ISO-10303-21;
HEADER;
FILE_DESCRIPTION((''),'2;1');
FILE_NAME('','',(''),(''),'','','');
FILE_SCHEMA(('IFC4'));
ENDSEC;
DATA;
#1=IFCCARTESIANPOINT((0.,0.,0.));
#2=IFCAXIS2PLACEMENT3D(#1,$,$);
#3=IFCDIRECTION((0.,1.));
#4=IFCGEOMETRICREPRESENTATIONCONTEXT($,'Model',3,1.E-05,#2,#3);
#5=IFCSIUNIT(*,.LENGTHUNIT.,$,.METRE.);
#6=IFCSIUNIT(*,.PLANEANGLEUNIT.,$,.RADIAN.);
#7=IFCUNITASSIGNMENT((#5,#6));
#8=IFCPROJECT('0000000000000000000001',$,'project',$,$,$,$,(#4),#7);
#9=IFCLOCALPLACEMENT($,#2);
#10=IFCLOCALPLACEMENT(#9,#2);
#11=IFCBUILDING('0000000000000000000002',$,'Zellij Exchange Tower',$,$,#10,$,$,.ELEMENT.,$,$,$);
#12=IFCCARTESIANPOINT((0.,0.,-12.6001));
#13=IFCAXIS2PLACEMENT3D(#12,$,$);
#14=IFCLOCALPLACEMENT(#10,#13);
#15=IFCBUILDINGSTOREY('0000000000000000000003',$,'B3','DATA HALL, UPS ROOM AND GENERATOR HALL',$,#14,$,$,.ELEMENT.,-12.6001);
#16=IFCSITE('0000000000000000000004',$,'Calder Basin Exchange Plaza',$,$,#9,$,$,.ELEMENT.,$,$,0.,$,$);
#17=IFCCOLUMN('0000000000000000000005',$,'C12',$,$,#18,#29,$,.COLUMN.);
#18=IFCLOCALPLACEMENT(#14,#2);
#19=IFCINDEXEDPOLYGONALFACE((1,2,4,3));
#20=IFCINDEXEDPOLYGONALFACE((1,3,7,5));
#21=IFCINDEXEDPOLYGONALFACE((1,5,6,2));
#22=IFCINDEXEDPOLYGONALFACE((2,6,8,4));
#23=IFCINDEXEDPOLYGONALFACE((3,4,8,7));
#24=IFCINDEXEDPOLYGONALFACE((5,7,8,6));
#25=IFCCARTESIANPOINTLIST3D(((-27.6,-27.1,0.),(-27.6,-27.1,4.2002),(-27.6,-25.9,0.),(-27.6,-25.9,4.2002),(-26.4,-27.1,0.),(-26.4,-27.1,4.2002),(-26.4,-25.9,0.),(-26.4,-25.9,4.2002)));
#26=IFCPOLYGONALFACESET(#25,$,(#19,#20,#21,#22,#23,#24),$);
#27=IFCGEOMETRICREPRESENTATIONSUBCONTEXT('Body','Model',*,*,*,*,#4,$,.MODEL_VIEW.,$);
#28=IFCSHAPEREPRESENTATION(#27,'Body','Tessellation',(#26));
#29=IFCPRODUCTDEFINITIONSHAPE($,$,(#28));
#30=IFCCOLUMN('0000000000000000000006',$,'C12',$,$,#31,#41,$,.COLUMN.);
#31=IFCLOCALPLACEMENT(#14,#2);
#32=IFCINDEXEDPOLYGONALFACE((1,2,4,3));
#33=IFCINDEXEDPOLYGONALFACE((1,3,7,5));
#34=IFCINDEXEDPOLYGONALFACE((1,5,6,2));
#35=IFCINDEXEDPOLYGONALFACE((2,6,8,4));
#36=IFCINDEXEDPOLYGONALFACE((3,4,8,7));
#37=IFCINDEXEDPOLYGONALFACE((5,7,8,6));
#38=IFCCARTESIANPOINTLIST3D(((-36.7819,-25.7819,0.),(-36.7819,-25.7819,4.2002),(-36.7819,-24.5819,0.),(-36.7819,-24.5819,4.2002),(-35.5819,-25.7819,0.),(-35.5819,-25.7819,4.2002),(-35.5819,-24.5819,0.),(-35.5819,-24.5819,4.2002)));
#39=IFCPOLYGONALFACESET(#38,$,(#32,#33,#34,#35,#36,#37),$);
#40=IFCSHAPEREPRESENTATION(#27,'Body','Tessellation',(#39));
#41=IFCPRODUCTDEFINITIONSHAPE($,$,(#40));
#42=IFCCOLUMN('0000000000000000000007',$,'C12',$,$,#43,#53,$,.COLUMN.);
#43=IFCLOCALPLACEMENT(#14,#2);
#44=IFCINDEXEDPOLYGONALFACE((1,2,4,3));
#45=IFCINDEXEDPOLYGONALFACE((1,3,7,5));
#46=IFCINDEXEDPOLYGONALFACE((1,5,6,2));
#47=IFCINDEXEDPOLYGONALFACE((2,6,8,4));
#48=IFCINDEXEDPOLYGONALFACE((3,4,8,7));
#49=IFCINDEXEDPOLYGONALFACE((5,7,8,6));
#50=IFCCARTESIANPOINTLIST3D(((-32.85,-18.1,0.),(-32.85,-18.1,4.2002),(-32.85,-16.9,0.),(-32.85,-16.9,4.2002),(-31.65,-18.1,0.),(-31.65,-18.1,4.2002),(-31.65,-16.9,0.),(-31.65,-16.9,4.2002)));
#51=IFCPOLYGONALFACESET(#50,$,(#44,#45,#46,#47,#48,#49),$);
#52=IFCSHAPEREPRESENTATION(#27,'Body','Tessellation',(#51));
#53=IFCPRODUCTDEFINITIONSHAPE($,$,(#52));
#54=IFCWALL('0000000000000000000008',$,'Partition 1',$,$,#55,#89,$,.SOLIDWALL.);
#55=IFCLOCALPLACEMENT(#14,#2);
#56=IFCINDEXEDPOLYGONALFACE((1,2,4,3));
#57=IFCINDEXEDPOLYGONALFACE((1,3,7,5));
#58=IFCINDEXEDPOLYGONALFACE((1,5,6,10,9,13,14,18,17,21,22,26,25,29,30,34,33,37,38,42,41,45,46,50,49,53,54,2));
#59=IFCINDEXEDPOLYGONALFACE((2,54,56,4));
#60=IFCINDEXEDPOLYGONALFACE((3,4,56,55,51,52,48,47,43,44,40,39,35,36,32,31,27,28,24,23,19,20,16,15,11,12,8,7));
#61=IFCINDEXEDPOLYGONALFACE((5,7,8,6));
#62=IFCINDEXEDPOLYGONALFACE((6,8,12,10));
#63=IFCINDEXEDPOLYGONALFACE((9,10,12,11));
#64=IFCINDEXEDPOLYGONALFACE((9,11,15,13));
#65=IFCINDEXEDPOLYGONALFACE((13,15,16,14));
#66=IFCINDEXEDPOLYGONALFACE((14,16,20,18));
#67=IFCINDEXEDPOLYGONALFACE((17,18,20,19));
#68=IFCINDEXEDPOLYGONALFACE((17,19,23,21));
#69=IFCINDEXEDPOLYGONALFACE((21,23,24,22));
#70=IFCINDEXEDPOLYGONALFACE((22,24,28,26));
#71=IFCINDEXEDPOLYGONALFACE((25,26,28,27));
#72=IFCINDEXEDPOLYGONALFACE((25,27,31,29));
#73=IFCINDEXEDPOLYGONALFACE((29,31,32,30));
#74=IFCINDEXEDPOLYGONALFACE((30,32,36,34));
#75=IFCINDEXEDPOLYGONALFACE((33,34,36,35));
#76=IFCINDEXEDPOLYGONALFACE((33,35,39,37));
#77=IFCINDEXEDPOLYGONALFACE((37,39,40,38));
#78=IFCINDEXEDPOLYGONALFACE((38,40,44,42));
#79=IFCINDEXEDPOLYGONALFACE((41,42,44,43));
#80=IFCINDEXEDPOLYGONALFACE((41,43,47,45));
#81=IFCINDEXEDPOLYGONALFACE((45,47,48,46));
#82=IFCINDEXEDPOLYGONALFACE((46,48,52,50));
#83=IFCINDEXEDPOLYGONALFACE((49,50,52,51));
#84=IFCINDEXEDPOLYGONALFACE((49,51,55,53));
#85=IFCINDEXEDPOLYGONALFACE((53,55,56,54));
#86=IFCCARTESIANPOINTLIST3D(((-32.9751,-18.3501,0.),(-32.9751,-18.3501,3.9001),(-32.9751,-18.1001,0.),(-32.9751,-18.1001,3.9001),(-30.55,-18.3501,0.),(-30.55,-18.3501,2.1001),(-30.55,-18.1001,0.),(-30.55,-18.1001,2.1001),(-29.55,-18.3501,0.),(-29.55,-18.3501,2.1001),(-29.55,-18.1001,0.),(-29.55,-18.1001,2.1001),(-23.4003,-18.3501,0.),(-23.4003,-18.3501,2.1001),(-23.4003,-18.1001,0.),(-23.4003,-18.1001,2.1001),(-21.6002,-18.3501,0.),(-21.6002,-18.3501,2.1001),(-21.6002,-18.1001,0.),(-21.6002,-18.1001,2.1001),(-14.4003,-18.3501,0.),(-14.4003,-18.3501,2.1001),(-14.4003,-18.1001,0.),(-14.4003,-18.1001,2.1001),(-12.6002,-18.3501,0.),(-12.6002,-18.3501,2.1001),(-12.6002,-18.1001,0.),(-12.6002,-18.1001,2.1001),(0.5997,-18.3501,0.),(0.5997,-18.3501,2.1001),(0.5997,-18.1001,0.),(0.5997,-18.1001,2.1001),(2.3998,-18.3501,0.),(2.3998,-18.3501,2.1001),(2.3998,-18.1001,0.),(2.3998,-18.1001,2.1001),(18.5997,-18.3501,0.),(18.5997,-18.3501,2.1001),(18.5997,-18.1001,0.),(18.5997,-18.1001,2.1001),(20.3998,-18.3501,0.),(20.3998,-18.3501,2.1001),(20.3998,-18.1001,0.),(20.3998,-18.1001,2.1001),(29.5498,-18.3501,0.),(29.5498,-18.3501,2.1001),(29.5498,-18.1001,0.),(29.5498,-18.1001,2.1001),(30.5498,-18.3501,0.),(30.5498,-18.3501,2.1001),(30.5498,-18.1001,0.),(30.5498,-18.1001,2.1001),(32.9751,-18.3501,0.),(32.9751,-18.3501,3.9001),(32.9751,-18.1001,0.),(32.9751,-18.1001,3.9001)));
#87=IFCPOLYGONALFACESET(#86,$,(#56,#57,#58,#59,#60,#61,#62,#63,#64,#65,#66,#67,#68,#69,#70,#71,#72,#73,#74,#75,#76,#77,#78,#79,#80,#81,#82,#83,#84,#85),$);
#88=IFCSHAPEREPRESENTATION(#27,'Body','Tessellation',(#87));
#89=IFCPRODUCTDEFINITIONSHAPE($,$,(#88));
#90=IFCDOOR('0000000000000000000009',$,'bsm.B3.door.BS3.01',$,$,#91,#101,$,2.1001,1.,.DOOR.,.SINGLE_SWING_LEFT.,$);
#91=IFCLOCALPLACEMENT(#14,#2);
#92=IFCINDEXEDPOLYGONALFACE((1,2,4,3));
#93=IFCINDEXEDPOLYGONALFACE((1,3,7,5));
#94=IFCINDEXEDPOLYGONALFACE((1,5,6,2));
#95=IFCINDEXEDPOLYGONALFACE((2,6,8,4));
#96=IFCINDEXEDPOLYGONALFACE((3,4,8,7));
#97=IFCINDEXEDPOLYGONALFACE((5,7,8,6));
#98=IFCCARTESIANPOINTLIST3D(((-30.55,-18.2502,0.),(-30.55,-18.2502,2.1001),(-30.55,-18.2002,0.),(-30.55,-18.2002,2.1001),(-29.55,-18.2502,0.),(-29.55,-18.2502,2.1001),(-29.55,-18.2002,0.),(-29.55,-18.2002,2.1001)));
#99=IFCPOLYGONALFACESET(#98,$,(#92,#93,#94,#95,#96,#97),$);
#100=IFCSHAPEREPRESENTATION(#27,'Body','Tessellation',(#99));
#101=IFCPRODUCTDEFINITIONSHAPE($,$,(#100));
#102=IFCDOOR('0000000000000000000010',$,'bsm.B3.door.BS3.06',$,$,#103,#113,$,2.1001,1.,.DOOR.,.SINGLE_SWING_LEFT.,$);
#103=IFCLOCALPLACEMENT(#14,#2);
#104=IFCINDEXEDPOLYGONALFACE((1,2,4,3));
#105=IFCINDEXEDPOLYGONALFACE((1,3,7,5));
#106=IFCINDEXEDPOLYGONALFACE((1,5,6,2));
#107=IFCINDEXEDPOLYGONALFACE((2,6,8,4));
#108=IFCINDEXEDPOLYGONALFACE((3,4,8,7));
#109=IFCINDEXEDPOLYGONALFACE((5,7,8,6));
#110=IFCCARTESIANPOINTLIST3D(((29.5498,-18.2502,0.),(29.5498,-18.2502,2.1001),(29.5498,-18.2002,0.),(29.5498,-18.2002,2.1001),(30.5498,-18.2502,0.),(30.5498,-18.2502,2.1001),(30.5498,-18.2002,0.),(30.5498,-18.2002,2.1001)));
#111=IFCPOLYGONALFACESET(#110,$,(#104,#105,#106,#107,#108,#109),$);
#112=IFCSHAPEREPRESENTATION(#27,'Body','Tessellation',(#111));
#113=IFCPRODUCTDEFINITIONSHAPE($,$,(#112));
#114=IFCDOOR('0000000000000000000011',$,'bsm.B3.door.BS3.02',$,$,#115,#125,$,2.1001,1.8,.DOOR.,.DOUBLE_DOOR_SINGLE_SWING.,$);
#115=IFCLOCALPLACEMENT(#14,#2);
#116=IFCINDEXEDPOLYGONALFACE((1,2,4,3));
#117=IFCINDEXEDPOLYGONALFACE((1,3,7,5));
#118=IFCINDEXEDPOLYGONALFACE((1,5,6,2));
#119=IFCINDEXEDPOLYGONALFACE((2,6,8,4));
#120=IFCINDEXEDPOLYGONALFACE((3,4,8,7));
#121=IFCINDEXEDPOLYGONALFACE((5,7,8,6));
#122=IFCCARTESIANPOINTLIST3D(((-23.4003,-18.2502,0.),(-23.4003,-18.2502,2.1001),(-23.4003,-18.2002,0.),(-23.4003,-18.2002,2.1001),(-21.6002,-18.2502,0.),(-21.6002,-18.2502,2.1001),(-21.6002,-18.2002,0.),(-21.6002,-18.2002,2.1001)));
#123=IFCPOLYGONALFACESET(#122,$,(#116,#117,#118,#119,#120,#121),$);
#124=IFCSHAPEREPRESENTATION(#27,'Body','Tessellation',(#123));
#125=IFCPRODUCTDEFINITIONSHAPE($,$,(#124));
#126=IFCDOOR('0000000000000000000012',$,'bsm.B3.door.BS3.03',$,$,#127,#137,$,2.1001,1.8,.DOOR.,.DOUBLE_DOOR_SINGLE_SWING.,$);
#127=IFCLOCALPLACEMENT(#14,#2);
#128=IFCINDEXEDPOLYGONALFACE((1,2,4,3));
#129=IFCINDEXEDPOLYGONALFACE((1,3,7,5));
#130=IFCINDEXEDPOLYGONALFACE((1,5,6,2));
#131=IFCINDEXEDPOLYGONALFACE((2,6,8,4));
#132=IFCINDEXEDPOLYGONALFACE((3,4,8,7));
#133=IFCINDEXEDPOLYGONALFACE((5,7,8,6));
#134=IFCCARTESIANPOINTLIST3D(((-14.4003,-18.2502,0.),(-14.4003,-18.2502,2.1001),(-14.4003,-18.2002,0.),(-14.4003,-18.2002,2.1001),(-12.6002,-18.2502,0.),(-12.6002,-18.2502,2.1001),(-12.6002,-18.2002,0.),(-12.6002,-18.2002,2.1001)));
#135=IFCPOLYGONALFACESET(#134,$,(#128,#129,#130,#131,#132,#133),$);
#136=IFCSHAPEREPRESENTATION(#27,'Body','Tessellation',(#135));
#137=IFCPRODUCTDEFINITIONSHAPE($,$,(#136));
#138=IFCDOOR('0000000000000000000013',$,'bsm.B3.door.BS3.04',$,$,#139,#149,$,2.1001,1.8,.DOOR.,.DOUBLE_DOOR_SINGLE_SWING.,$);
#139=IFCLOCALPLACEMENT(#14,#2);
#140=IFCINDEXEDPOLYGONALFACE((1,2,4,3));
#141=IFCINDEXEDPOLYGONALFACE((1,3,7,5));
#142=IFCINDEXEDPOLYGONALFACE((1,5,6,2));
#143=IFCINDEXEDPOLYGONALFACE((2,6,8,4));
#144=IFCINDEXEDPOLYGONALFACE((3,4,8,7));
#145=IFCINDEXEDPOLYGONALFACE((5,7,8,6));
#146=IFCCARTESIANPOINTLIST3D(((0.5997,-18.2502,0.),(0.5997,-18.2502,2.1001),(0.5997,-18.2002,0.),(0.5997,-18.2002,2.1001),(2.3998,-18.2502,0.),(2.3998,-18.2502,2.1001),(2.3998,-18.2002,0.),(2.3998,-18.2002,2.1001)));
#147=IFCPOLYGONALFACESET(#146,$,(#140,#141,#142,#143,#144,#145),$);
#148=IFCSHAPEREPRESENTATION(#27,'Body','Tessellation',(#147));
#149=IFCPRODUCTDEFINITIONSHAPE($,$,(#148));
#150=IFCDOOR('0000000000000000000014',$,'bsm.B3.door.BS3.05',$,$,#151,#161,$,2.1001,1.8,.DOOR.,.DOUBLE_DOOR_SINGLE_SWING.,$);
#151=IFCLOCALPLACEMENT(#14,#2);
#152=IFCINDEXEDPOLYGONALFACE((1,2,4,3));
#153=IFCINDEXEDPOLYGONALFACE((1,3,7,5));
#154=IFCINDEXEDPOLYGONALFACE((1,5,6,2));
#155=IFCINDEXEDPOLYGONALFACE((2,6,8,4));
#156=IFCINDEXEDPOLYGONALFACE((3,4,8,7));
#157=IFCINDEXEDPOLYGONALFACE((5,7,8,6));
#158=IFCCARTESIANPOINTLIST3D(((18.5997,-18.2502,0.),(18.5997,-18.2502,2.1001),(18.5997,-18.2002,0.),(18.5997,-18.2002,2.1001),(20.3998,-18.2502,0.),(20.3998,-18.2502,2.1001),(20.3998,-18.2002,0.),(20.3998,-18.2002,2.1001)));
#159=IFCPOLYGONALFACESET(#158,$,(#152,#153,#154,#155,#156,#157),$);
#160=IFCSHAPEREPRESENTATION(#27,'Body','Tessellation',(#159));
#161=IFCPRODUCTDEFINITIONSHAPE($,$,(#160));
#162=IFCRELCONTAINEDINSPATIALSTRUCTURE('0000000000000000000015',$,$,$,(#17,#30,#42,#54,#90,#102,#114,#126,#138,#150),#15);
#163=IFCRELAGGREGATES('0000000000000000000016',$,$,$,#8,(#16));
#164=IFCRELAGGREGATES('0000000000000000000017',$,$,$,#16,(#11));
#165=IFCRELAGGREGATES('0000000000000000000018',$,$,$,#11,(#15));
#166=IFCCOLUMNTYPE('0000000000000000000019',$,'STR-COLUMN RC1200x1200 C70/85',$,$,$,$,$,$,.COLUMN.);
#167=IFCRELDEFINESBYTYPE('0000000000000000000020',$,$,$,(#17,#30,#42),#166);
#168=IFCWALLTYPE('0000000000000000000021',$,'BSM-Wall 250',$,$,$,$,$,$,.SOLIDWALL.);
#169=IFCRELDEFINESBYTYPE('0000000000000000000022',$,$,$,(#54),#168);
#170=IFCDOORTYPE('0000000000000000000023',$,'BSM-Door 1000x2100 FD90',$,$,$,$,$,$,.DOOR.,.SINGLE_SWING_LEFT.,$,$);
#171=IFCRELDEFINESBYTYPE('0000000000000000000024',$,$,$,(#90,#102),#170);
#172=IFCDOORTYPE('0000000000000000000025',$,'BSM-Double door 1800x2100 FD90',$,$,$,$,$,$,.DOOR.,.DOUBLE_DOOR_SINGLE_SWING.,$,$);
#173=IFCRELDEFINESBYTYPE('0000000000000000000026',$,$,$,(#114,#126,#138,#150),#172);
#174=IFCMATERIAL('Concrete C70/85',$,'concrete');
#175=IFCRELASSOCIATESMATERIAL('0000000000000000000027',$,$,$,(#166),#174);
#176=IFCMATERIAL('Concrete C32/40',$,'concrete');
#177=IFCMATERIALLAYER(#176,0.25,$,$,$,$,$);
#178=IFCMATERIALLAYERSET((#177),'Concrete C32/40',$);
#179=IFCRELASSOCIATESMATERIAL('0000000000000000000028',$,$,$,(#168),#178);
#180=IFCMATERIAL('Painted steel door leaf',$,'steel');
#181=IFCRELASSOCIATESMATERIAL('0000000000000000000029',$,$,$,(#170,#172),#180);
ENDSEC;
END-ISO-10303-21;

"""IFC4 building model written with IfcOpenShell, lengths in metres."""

from ifc_helpers import new_model, si_unit, direction, frame, frame_2d, origin, origin_2d, place, context, subcontext, project, spatial, rectangle, extrude, material, layer, layer_set, material_profile, profile_set, type_object, element, fill, save


model = new_model("IFC4")

# Units and contexts
model_context = context("Model", 3, precision=1e-05, world=origin(), true_north=direction((0.0, 1.0)))
body_context = subcontext(model_context, "Body", "Model", "MODEL_VIEW")
ifc_project = project(units=[si_unit("LENGTHUNIT", "METRE"), si_unit("PLANEANGLEUNIT", "RADIAN")], contexts=[model_context])

# Site, building, storey
site_placement = place(None, origin())
site = spatial("IfcSite", under=ifc_project, at=site_placement, Name="Calder Basin Exchange Plaza", CompositionType="ELEMENT", RefElevation=0.0)
building_placement = place(site_placement, origin())
building = spatial("IfcBuilding", under=site, at=building_placement, Name="Zellij Exchange Tower", CompositionType="ELEMENT")
storey_placement = place(building_placement, frame((0.0, 0.0, -12.6001)))
storey = spatial("IfcBuildingStorey", under=building, at=storey_placement, Name="B3", Description="DATA HALL, UPS ROOM AND GENERATOR HALL", CompositionType="ELEMENT", Elevation=-12.6001)

# Columns
ifc_material_1 = material(Name="Concrete C70/85", Category="concrete")
ifc_material_profile_1 = material_profile(ifc_material_1, rectangle(XDim=1.2, YDim=1.2, at=origin_2d()), Name="STR-COLUMN RC1200x1200 C70/85")
ifc_profile_set_1 = profile_set([ifc_material_profile_1], Name="Concrete C70/85")
column_type = type_object("IfcColumnType", Name="STR-COLUMN RC1200x1200 C70/85", PredefinedType="COLUMN", material=ifc_profile_set_1)
for number, where, z_axis, x_axis, name in (
    (1, (-27.0, -26.5, 0.0), (0.0, 0.0, 1.0), (1.0, 0.0, 0.0), "C12"),
    (2, (-36.1819, -25.1819, 0.0), (0.0, 0.0, 1.0), (1.0, 0.0, 0.0), "C12"),
    (3, (-32.25, -17.5, 0.0), (0.0, 0.0, 1.0), (1.0, 0.0, 0.0), "C12"),
):
    element("IfcColumn", number, at=place(storey_placement, frame(where, z_axis=z_axis, x_axis=x_axis)), inside=storey, type_object=column_type, Name=name, PredefinedType="COLUMN", context=body_context, shape_type="SweptSolid", body=[
        extrude(rectangle(XDim=1.2, YDim=1.2, at=origin_2d()), origin(), (0.0, 0.0, 1.0), 4.2002),
    ])

# Wall, openings, doors
ifc_material_2 = material(Name="Concrete C32/40", Category="concrete")
ifc_layer_1 = layer(ifc_material_2, 0.25)
ifc_layer_set_1 = layer_set([ifc_layer_1], Name="Concrete C32/40")
wall_type_1 = type_object("IfcWallType", Name="BSM-Wall 250", PredefinedType="SOLIDWALL", material=ifc_layer_set_1)
wall_1_placement = place(storey_placement, frame((-32.9751, -18.2251, 0.0), z_axis=(0.0, 0.0, 1.0), x_axis=(1.0, 0.0, 0.0)))
wall_1 = element("IfcWall", 4, at=wall_1_placement, inside=storey, type_object=wall_type_1, Name="Partition 1", PredefinedType="SOLIDWALL", context=body_context, shape_type="SweptSolid", body=[
    extrude(rectangle(XDim=65.9502, YDim=0.25, at=frame_2d((32.9751, 0.0))), origin(), (0.0, 0.0, 1.0), 3.9001),
])
opening_1_placement = place(wall_1_placement, frame((2.425, 0.0, 0.0)))
opening_1 = element("IfcOpeningElement", 5, at=opening_1_placement, cuts=wall_1, PredefinedType="OPENING", context=body_context, shape_type="SweptSolid", body=[
    extrude(rectangle(XDim=1.0, YDim=2.1001, at=frame_2d((0.5, 1.05))), frame((0.0, 0.137, 0.0), z_axis=(0.0, -1.0, 0.0), x_axis=(1.0, 0.0, 0.0)), (0.0, 0.0, 1.0), 0.2739),
])
opening_2_placement = place(wall_1_placement, frame((9.575, 0.0, 0.0)))
opening_2 = element("IfcOpeningElement", 6, at=opening_2_placement, cuts=wall_1, PredefinedType="OPENING", context=body_context, shape_type="SweptSolid", body=[
    extrude(rectangle(XDim=1.8, YDim=2.1001, at=frame_2d((0.8999, 1.05))), frame((0.0, 0.137, 0.0), z_axis=(0.0, -1.0, 0.0), x_axis=(1.0, 0.0, 0.0)), (0.0, 0.0, 1.0), 0.2739),
])
opening_3_placement = place(wall_1_placement, frame((18.575, 0.0, 0.0)))
opening_3 = element("IfcOpeningElement", 7, at=opening_3_placement, cuts=wall_1, PredefinedType="OPENING", context=body_context, shape_type="SweptSolid", body=[
    extrude(rectangle(XDim=1.8, YDim=2.1001, at=frame_2d((0.8999, 1.05))), frame((0.0, 0.137, 0.0), z_axis=(0.0, -1.0, 0.0), x_axis=(1.0, 0.0, 0.0)), (0.0, 0.0, 1.0), 0.2739),
])
opening_4_placement = place(wall_1_placement, frame((33.575, 0.0, 0.0)))
opening_4 = element("IfcOpeningElement", 8, at=opening_4_placement, cuts=wall_1, PredefinedType="OPENING", context=body_context, shape_type="SweptSolid", body=[
    extrude(rectangle(XDim=1.8, YDim=2.1001, at=frame_2d((0.8999, 1.05))), frame((0.0, 0.137, 0.0), z_axis=(0.0, -1.0, 0.0), x_axis=(1.0, 0.0, 0.0)), (0.0, 0.0, 1.0), 0.2739),
])
opening_5_placement = place(wall_1_placement, frame((51.575, 0.0, 0.0)))
opening_5 = element("IfcOpeningElement", 9, at=opening_5_placement, cuts=wall_1, PredefinedType="OPENING", context=body_context, shape_type="SweptSolid", body=[
    extrude(rectangle(XDim=1.8, YDim=2.1001, at=frame_2d((0.8999, 1.05))), frame((0.0, 0.137, 0.0), z_axis=(0.0, -1.0, 0.0), x_axis=(1.0, 0.0, 0.0)), (0.0, 0.0, 1.0), 0.2739),
])
opening_6_placement = place(wall_1_placement, frame((62.5249, 0.0, 0.0)))
opening_6 = element("IfcOpeningElement", 10, at=opening_6_placement, cuts=wall_1, PredefinedType="OPENING", context=body_context, shape_type="SweptSolid", body=[
    extrude(rectangle(XDim=1.0, YDim=2.1001, at=frame_2d((0.5, 1.05))), frame((0.0, 0.137, 0.0), z_axis=(0.0, -1.0, 0.0), x_axis=(1.0, 0.0, 0.0)), (0.0, 0.0, 1.0), 0.2739),
])
ifc_material_3 = material(Name="Painted steel door leaf", Category="steel")
door_type_1 = type_object("IfcDoorType", Name="BSM-Door 1000x2100 FD90", OperationType="SINGLE_SWING_LEFT", PredefinedType="DOOR", material=ifc_material_3)
door_1_placement = place(opening_1_placement, origin())
door_1 = element("IfcDoor", 11, at=door_1_placement, inside=storey, type_object=door_type_1, Name="bsm.B3.door.BS3.01", OperationType="SINGLE_SWING_LEFT", OverallHeight=2.1001, OverallWidth=1.0, PredefinedType="DOOR", context=body_context, shape_type="SweptSolid", body=[
    extrude(rectangle(XDim=1.0, YDim=2.1001, at=frame_2d((0.5, 1.05))), frame((0.0, 0.0249, 0.0), z_axis=(0.0, -1.0, 0.0), x_axis=(1.0, 0.0, 0.0)), (0.0, 0.0, 1.0), 0.05),
])
fill(opening_1, door_1)
door_2_placement = place(opening_6_placement, origin())
door_2 = element("IfcDoor", 12, at=door_2_placement, inside=storey, type_object=door_type_1, Name="bsm.B3.door.BS3.06", OperationType="SINGLE_SWING_LEFT", OverallHeight=2.1001, OverallWidth=1.0, PredefinedType="DOOR", context=body_context, shape_type="SweptSolid", body=[
    extrude(rectangle(XDim=1.0, YDim=2.1001, at=frame_2d((0.5, 1.05))), frame((0.0, 0.0249, 0.0), z_axis=(0.0, -1.0, 0.0), x_axis=(1.0, 0.0, 0.0)), (0.0, 0.0, 1.0), 0.05),
])
fill(opening_6, door_2)
door_type_2 = type_object("IfcDoorType", Name="BSM-Double door 1800x2100 FD90", OperationType="DOUBLE_DOOR_SINGLE_SWING", PredefinedType="DOOR", material=ifc_material_3)
door_3_placement = place(opening_2_placement, origin())
door_3 = element("IfcDoor", 13, at=door_3_placement, inside=storey, type_object=door_type_2, Name="bsm.B3.door.BS3.02", OperationType="DOUBLE_DOOR_SINGLE_SWING", OverallHeight=2.1001, OverallWidth=1.8, PredefinedType="DOOR", context=body_context, shape_type="SweptSolid", body=[
    extrude(rectangle(XDim=1.8, YDim=2.1001, at=frame_2d((0.8999, 1.05))), frame((0.0, 0.0249, 0.0), z_axis=(0.0, -1.0, 0.0), x_axis=(1.0, 0.0, 0.0)), (0.0, 0.0, 1.0), 0.05),
])
fill(opening_2, door_3)
door_4_placement = place(opening_3_placement, origin())
door_4 = element("IfcDoor", 14, at=door_4_placement, inside=storey, type_object=door_type_2, Name="bsm.B3.door.BS3.03", OperationType="DOUBLE_DOOR_SINGLE_SWING", OverallHeight=2.1001, OverallWidth=1.8, PredefinedType="DOOR", context=body_context, shape_type="SweptSolid", body=[
    extrude(rectangle(XDim=1.8, YDim=2.1001, at=frame_2d((0.8999, 1.05))), frame((0.0, 0.0249, 0.0), z_axis=(0.0, -1.0, 0.0), x_axis=(1.0, 0.0, 0.0)), (0.0, 0.0, 1.0), 0.05),
])
fill(opening_3, door_4)
door_5_placement = place(opening_4_placement, origin())
door_5 = element("IfcDoor", 15, at=door_5_placement, inside=storey, type_object=door_type_2, Name="bsm.B3.door.BS3.04", OperationType="DOUBLE_DOOR_SINGLE_SWING", OverallHeight=2.1001, OverallWidth=1.8, PredefinedType="DOOR", context=body_context, shape_type="SweptSolid", body=[
    extrude(rectangle(XDim=1.8, YDim=2.1001, at=frame_2d((0.8999, 1.05))), frame((0.0, 0.0249, 0.0), z_axis=(0.0, -1.0, 0.0), x_axis=(1.0, 0.0, 0.0)), (0.0, 0.0, 1.0), 0.05),
])
fill(opening_4, door_5)
door_6_placement = place(opening_5_placement, origin())
door_6 = element("IfcDoor", 16, at=door_6_placement, inside=storey, type_object=door_type_2, Name="bsm.B3.door.BS3.05", OperationType="DOUBLE_DOOR_SINGLE_SWING", OverallHeight=2.1001, OverallWidth=1.8, PredefinedType="DOOR", context=body_context, shape_type="SweptSolid", body=[
    extrude(rectangle(XDim=1.8, YDim=2.1001, at=frame_2d((0.8999, 1.05))), frame((0.0, 0.0249, 0.0), z_axis=(0.0, -1.0, 0.0), x_axis=(1.0, 0.0, 0.0)), (0.0, 0.0, 1.0), 0.05),
])
fill(opening_5, door_6)

save(model, "model.ifc")
